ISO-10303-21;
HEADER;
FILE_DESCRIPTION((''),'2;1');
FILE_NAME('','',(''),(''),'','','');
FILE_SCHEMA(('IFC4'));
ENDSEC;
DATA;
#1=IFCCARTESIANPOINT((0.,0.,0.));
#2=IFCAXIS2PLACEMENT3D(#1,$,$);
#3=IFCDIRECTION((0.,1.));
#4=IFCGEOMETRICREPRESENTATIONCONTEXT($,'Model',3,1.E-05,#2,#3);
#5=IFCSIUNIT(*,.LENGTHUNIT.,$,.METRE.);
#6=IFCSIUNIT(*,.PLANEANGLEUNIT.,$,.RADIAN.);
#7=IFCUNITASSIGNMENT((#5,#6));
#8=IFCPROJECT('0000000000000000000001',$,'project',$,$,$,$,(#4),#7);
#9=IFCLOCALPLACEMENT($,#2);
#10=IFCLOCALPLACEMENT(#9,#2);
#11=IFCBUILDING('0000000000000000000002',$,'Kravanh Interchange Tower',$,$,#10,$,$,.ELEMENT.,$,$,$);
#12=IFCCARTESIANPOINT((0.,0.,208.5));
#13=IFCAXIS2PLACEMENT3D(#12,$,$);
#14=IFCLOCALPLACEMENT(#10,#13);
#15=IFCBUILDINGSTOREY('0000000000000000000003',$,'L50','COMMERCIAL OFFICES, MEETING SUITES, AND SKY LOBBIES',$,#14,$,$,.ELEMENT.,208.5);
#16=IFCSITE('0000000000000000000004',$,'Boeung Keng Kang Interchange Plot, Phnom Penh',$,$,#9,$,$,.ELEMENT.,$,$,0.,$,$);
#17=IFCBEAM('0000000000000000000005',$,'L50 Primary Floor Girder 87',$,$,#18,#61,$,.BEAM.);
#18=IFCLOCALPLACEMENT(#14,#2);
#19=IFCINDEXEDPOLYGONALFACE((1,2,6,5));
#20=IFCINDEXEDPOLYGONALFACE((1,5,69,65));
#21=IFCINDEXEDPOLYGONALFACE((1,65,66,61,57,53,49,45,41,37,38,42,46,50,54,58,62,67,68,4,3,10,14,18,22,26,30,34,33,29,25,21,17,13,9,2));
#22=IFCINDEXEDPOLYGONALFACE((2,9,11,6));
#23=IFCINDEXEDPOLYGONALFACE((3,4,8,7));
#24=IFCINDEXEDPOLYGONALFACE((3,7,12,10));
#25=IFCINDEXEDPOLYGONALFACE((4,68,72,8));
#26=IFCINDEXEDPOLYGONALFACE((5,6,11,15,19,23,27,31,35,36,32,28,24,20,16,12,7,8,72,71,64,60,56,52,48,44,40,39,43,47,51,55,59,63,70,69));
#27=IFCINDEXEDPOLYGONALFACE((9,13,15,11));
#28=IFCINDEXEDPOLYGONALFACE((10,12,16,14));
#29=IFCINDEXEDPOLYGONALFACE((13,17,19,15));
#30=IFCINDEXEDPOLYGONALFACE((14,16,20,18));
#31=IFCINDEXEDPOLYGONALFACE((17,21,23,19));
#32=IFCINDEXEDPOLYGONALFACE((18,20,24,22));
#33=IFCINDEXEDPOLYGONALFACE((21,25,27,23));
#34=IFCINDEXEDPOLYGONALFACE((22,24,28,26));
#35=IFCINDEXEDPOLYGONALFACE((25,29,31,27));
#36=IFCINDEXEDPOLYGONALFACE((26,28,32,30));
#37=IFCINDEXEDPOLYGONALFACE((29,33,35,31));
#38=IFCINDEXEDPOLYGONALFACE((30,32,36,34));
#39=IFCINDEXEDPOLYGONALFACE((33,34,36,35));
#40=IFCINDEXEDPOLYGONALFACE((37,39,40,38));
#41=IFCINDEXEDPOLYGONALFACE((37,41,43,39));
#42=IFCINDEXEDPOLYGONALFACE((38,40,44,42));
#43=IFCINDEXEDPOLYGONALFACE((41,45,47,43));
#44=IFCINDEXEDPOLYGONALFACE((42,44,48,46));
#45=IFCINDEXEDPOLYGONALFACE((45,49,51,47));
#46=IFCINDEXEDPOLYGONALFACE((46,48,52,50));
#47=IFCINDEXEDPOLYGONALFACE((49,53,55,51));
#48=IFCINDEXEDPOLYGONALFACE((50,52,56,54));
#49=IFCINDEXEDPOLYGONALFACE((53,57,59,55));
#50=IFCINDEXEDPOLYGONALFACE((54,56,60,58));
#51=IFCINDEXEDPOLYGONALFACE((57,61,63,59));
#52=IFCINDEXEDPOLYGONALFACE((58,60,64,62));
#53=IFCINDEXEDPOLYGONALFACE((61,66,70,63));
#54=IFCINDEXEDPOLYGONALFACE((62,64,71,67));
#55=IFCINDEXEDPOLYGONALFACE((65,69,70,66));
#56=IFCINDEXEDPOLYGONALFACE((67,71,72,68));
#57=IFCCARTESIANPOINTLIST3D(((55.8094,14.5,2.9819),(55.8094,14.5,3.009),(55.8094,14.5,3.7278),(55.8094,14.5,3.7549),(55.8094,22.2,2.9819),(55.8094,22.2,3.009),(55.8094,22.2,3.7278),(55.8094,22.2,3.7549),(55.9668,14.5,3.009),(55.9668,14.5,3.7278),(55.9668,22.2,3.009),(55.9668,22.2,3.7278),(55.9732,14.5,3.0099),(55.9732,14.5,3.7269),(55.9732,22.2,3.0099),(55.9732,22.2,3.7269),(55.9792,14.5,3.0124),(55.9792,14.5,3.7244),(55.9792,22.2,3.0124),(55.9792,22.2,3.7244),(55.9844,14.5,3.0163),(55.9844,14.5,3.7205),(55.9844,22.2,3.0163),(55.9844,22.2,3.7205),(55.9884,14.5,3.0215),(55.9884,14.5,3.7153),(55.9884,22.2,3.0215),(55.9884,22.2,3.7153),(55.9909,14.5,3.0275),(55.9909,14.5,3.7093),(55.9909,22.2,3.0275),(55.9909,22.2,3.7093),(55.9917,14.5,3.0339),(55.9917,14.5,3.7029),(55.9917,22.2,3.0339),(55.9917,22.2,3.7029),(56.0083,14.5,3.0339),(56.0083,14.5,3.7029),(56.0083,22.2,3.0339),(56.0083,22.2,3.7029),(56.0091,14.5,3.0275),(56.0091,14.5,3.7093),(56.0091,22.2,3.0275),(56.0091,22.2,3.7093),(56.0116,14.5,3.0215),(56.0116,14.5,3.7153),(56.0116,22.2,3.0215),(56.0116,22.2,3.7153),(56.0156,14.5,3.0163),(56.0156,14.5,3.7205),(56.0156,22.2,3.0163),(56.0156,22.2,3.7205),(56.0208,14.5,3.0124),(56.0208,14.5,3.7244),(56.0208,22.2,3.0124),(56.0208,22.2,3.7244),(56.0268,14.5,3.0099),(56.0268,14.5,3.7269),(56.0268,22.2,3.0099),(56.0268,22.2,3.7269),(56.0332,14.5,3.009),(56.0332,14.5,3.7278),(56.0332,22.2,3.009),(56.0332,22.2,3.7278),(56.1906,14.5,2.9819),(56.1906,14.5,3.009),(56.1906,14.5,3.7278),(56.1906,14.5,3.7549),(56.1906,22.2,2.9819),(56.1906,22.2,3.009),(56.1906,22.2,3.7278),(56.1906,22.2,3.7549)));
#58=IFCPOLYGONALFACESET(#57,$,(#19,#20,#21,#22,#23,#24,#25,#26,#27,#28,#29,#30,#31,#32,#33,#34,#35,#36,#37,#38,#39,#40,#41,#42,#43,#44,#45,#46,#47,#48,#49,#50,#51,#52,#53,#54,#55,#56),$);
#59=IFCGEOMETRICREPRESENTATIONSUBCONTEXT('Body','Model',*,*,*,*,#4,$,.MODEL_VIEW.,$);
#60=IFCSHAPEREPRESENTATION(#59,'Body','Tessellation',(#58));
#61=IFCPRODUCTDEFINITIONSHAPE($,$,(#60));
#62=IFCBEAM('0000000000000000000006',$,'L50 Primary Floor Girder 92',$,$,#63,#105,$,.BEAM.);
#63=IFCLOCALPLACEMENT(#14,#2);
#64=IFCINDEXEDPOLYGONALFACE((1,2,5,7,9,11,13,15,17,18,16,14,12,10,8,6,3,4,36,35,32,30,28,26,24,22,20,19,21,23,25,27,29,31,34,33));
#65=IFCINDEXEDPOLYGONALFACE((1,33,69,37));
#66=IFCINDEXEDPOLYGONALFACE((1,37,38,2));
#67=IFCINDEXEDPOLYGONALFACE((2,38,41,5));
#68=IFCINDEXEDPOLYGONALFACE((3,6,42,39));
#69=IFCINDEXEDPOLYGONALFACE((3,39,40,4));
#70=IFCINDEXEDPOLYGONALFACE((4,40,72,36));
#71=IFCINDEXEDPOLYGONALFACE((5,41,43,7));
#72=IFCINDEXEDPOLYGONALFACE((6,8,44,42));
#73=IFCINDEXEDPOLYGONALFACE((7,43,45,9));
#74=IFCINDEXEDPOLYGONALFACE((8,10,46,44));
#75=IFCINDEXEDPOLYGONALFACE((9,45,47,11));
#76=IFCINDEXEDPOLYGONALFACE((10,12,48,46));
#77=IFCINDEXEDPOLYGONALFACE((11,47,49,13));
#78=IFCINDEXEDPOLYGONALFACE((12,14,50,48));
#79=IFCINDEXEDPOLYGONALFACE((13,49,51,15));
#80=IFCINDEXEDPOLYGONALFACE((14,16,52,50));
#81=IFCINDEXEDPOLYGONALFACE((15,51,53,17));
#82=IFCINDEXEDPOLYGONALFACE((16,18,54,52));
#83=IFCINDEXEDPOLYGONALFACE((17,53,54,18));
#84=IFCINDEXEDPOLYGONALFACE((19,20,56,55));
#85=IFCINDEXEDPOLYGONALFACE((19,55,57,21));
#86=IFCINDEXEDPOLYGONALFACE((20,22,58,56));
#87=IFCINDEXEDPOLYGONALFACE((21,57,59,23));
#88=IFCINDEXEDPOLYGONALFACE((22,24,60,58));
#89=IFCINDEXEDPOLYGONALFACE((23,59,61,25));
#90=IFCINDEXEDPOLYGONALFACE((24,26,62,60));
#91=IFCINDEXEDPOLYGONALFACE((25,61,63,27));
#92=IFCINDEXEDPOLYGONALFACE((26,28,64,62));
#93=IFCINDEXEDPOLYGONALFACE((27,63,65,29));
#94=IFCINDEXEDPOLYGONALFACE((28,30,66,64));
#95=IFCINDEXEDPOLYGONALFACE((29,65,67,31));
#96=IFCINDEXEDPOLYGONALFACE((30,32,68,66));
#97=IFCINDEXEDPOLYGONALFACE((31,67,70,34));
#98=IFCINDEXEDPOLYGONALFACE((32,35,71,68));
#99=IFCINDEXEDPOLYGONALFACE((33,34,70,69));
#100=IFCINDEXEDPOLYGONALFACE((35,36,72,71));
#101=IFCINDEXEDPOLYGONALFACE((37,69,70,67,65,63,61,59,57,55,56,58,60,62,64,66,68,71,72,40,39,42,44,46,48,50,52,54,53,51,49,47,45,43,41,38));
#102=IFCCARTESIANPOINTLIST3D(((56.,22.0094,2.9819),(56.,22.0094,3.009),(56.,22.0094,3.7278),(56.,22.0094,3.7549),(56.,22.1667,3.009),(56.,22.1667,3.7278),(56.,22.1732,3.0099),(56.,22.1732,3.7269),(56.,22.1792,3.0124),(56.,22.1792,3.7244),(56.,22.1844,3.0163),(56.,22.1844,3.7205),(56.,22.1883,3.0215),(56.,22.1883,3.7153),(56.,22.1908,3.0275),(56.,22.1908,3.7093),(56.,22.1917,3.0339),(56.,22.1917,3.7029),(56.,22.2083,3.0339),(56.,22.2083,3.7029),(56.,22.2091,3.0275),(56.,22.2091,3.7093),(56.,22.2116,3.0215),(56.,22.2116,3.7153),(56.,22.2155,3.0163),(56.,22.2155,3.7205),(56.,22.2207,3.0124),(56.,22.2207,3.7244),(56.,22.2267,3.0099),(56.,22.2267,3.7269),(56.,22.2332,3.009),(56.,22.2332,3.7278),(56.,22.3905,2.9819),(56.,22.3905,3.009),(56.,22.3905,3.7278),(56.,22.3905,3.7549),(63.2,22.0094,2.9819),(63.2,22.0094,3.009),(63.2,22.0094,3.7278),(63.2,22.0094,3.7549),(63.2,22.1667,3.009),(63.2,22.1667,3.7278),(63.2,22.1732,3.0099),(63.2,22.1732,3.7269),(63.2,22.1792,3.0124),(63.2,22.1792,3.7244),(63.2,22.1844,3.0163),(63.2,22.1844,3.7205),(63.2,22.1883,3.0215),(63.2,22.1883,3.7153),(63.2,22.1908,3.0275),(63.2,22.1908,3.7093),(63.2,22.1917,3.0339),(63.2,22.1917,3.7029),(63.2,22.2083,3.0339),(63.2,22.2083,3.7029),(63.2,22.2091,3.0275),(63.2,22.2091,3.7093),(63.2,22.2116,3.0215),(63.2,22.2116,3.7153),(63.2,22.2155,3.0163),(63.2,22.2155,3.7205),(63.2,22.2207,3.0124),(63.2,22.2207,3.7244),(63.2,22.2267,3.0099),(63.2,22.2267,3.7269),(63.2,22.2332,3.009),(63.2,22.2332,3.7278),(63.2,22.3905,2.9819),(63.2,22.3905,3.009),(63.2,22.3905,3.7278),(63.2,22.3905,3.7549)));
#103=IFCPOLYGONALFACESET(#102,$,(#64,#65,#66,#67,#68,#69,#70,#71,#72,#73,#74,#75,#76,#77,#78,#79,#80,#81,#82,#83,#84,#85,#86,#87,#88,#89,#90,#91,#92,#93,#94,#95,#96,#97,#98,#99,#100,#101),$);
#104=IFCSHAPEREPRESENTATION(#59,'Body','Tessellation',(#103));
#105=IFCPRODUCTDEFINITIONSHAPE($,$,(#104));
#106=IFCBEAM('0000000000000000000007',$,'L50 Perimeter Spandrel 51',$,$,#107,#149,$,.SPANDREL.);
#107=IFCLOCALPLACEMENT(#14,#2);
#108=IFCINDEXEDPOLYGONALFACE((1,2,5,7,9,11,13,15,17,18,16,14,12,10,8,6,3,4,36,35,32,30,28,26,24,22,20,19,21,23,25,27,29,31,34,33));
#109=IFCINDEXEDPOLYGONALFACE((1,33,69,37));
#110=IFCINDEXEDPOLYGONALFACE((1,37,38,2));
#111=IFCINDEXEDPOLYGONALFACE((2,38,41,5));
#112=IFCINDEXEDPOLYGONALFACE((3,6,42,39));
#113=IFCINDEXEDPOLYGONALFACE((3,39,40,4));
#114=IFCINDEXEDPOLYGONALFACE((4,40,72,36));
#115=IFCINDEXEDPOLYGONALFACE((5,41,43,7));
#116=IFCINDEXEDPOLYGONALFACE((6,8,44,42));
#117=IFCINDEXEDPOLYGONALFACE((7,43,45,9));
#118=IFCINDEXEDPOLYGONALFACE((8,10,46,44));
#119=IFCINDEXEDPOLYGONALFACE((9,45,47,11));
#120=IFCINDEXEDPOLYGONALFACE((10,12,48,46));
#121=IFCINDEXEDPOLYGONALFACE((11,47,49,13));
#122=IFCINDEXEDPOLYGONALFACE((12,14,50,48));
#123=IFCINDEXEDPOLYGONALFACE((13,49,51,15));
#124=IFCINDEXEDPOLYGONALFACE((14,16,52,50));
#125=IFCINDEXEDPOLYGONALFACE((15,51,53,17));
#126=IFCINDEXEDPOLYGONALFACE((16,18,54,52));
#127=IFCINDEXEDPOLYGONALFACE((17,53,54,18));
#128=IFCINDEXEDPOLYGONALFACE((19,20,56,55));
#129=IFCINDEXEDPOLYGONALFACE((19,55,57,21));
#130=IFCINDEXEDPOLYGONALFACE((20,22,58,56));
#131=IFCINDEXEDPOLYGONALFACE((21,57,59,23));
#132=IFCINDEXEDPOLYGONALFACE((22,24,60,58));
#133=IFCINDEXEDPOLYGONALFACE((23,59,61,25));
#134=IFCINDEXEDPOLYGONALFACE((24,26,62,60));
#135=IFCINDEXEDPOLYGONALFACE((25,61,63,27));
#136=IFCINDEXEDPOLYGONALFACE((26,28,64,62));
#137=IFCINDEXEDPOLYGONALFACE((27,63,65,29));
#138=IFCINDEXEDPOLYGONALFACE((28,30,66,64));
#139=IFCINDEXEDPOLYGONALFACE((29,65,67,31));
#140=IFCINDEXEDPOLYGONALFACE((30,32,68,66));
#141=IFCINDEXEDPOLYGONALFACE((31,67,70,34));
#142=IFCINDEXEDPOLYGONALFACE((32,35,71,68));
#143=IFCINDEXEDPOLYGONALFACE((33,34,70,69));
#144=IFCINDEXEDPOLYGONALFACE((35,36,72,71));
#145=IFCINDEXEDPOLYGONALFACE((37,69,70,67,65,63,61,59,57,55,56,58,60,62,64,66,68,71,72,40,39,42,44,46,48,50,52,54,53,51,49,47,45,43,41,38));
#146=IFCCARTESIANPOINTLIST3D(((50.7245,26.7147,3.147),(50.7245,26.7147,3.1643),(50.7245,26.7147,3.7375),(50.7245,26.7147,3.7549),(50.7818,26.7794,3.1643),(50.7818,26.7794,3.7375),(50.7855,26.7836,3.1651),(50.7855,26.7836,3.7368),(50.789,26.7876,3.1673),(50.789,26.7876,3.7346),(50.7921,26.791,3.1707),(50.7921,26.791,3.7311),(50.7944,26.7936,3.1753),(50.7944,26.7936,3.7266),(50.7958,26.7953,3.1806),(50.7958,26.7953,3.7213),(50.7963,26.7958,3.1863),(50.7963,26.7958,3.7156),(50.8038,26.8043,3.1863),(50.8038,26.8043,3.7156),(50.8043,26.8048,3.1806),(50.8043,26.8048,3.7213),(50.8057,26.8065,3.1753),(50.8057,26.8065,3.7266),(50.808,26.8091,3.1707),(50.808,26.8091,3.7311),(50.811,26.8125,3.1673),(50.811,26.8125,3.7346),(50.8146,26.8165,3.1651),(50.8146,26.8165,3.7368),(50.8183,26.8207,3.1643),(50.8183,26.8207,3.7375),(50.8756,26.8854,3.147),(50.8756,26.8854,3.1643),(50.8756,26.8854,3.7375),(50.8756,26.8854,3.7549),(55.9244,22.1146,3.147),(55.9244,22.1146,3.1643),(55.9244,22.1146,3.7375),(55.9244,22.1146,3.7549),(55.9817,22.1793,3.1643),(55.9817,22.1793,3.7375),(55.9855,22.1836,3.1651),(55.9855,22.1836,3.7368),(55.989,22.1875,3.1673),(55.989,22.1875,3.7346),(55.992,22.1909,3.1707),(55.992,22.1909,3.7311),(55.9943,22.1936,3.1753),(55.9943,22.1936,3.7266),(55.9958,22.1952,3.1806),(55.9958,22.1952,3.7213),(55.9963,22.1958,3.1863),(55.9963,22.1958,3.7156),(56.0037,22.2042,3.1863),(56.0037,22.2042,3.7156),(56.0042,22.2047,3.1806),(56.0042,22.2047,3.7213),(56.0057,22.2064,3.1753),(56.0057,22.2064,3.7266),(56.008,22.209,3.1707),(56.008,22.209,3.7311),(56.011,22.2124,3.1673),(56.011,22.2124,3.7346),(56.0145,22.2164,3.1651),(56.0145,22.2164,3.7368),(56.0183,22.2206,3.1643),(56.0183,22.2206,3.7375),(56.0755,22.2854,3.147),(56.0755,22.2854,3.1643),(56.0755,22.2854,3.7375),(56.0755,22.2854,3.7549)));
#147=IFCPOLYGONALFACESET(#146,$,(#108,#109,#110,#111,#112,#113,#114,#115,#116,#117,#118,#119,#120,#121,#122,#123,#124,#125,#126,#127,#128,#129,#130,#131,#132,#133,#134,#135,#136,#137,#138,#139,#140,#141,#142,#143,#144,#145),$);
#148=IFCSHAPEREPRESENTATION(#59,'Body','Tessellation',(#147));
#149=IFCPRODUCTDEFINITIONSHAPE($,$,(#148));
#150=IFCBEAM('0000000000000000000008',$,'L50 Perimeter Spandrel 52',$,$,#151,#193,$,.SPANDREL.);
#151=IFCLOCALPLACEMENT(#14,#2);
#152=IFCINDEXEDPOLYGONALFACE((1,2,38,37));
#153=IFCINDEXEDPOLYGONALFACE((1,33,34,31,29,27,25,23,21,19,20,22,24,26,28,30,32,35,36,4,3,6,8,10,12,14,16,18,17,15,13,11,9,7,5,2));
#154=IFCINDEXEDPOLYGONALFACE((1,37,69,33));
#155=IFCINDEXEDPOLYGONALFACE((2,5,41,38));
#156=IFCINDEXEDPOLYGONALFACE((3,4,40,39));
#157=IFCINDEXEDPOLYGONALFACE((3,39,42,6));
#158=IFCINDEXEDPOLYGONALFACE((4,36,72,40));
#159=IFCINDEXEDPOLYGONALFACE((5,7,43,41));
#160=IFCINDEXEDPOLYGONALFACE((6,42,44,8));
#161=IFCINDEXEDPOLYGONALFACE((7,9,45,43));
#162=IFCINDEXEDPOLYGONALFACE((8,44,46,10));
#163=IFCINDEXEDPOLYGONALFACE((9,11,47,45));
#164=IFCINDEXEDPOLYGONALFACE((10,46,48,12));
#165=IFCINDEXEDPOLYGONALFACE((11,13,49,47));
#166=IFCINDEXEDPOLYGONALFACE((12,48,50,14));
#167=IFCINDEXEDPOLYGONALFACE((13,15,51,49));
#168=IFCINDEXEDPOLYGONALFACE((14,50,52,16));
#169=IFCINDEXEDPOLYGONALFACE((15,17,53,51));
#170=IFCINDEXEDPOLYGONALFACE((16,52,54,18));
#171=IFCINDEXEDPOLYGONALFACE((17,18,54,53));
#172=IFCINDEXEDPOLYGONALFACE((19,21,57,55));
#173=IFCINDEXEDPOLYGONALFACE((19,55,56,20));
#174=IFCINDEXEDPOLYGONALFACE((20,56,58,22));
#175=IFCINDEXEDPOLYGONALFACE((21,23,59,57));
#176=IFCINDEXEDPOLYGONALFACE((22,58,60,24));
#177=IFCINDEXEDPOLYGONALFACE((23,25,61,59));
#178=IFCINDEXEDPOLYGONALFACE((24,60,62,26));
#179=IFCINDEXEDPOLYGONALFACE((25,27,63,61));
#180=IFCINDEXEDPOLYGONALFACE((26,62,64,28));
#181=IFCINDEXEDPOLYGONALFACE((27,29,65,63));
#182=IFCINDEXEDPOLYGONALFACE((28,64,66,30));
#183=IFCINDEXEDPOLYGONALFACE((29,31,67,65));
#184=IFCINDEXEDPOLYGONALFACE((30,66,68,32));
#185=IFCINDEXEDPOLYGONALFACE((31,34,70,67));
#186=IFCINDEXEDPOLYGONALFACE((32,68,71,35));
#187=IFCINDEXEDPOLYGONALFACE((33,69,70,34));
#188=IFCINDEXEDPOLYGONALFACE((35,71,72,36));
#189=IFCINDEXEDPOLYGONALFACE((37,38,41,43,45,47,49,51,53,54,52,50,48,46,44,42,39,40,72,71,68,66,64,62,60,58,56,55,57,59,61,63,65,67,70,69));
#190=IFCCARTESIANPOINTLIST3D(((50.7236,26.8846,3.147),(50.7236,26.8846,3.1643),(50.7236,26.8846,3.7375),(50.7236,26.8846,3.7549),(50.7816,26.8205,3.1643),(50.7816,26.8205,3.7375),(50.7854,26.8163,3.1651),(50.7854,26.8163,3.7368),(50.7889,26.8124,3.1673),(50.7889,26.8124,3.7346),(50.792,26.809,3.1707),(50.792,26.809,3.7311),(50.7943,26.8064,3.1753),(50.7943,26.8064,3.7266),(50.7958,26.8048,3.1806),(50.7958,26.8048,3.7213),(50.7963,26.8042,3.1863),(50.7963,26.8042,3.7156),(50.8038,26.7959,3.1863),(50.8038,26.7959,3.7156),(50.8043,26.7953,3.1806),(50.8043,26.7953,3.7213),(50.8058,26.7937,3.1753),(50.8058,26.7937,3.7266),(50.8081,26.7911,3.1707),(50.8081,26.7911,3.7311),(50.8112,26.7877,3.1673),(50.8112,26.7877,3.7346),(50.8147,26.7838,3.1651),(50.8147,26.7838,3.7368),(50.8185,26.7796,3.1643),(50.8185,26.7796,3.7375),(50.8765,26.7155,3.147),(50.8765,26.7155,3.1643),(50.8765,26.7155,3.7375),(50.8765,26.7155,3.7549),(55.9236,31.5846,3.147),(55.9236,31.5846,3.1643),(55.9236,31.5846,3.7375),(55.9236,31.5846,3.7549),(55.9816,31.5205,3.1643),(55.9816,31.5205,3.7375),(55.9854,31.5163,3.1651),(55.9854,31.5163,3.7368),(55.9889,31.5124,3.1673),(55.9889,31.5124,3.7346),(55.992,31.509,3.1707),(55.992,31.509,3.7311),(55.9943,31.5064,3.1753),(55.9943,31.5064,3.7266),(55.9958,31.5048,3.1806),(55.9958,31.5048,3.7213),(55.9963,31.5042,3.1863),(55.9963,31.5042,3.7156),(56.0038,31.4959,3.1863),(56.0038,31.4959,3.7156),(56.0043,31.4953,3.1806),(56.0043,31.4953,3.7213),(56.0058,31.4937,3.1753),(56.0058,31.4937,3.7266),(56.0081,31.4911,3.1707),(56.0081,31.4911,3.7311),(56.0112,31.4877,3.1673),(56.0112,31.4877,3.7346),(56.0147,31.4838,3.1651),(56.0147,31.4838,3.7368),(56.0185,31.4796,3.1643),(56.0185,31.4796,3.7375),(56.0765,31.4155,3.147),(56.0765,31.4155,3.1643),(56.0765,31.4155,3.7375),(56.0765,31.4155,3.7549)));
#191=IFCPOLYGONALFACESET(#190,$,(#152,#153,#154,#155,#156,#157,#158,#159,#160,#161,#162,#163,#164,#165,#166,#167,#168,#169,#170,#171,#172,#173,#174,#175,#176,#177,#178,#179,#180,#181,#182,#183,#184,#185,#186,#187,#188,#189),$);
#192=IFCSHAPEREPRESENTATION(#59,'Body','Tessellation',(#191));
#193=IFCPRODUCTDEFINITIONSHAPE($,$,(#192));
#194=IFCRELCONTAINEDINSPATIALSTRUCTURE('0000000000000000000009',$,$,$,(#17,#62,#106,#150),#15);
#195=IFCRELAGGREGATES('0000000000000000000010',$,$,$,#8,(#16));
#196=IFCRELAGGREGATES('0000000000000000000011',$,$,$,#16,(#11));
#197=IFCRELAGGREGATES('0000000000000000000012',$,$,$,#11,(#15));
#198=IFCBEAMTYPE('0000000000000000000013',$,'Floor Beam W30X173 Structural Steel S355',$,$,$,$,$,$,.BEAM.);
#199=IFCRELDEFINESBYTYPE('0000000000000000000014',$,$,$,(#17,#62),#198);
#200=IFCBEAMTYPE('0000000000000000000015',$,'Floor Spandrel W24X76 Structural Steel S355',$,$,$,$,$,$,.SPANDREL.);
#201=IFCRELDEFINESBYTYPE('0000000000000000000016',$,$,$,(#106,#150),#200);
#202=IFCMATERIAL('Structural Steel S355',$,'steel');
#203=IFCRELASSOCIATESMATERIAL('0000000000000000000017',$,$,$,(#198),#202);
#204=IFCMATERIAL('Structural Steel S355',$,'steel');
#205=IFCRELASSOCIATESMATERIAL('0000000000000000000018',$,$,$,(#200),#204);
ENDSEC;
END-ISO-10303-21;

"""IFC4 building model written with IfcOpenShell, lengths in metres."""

from ifc_helpers import new_model, si_unit, direction, frame, origin, origin_2d, place, context, subcontext, project, spatial, i_section, extrude, material, material_profile, profile_set, type_object, element, save


model = new_model("IFC4")

# Units and contexts
model_context = context("Model", 3, precision=1e-05, world=origin(), true_north=direction((0.0, 1.0)))
body_context = subcontext(model_context, "Body", "Model", "MODEL_VIEW")
ifc_project = project(units=[si_unit("LENGTHUNIT", "METRE"), si_unit("PLANEANGLEUNIT", "RADIAN")], contexts=[model_context])

# Site, building, storey
site_placement = place(None, origin())
site = spatial("IfcSite", under=ifc_project, at=site_placement, Name="Boeung Keng Kang Interchange Plot, Phnom Penh", CompositionType="ELEMENT", RefElevation=0.0)
building_placement = place(site_placement, origin())
building = spatial("IfcBuilding", under=site, at=building_placement, Name="Kravanh Interchange Tower", CompositionType="ELEMENT")
storey_placement = place(building_placement, frame((0.0, 0.0, 208.5)))
storey = spatial("IfcBuildingStorey", under=building, at=storey_placement, Name="L50", Description="COMMERCIAL OFFICES, MEETING SUITES, AND SKY LOBBIES", CompositionType="ELEMENT", Elevation=208.5)

# Beams
ifc_material_1 = material(Name="Structural Steel S355", Category="steel")
ifc_material_profile_1 = material_profile(ifc_material_1, i_section(OverallWidth=0.3811, OverallDepth=0.7729, WebThickness=0.0166, FlangeThickness=0.0271, FilletRadius=0.0249, at=origin_2d()), Name="W30X173")
ifc_profile_set_1 = profile_set([ifc_material_profile_1], Name="Structural Steel S355")
beam_type_1 = type_object("IfcBeamType", Name="Floor Beam W30X173 Structural Steel S355", PredefinedType="BEAM", material=ifc_profile_set_1)
beam_1_placement = place(storey_placement, frame((56.0, 14.5, 3.3684), z_axis=(0.0, 1.0, 0.0), x_axis=(-1.0, 0.0, 0.0)))
element("IfcBeam", 1, at=beam_1_placement, inside=storey, type_object=beam_type_1, Name="L50 Primary Floor Girder 87", PredefinedType="BEAM", context=body_context, shape_type="SweptSolid", body=[
    extrude(i_section(OverallWidth=0.3811, OverallDepth=0.7729, WebThickness=0.0166, FlangeThickness=0.0271, FilletRadius=0.0249, at=origin_2d()), origin(), (0.0, 0.0, 1.0), 7.7),
])
beam_2_placement = place(storey_placement, frame((56.0, 22.2, 3.3684), z_axis=(1.0, 0.0, 0.0), x_axis=(0.0, 1.0, 0.0)))
element("IfcBeam", 2, at=beam_2_placement, inside=storey, type_object=beam_type_1, Name="L50 Primary Floor Girder 92", PredefinedType="BEAM", context=body_context, shape_type="SweptSolid", body=[
    extrude(i_section(OverallWidth=0.3811, OverallDepth=0.7729, WebThickness=0.0166, FlangeThickness=0.0271, FilletRadius=0.0249, at=origin_2d()), origin(), (0.0, 0.0, 1.0), 7.2),
])
ifc_material_2 = material(Name="Structural Steel S355", Category="steel")
ifc_material_profile_2 = material_profile(ifc_material_2, i_section(OverallWidth=0.228, OverallDepth=0.6079, WebThickness=0.0112, FlangeThickness=0.0173, FilletRadius=0.022, at=origin_2d()), Name="W24X76")
ifc_profile_set_2 = profile_set([ifc_material_profile_2], Name="Structural Steel S355")
beam_type_2 = type_object("IfcBeamType", Name="Floor Spandrel W24X76 Structural Steel S355", PredefinedType="SPANDREL", material=ifc_profile_set_2)
beam_3_placement = place(storey_placement, frame((50.8, 26.8, 3.4509), z_axis=(0.748986, -0.662585, 0.0), x_axis=(0.662585, 0.748986, 0.0)))
element("IfcBeam", 3, at=beam_3_placement, inside=storey, type_object=beam_type_2, Name="L50 Perimeter Spandrel 51", PredefinedType="SPANDREL", context=body_context, shape_type="SweptSolid", body=[
    extrude(i_section(OverallWidth=0.228, OverallDepth=0.6079, WebThickness=0.0112, FlangeThickness=0.0173, FilletRadius=0.022, at=origin_2d()), origin(), (0.0, 0.0, 1.0), 6.9426),
])
beam_4_placement = place(storey_placement, frame((50.8, 26.8, 3.4509), z_axis=(0.741874, 0.670539, 0.0), x_axis=(-0.670539, 0.741874, 0.0)))
element("IfcBeam", 4, at=beam_4_placement, inside=storey, type_object=beam_type_2, Name="L50 Perimeter Spandrel 52", PredefinedType="SPANDREL", context=body_context, shape_type="SweptSolid", body=[
    extrude(i_section(OverallWidth=0.228, OverallDepth=0.6079, WebThickness=0.0112, FlangeThickness=0.0173, FilletRadius=0.022, at=origin_2d()), origin(), (0.0, 0.0, 1.0), 7.0093),
])

save(model, "model.ifc")
